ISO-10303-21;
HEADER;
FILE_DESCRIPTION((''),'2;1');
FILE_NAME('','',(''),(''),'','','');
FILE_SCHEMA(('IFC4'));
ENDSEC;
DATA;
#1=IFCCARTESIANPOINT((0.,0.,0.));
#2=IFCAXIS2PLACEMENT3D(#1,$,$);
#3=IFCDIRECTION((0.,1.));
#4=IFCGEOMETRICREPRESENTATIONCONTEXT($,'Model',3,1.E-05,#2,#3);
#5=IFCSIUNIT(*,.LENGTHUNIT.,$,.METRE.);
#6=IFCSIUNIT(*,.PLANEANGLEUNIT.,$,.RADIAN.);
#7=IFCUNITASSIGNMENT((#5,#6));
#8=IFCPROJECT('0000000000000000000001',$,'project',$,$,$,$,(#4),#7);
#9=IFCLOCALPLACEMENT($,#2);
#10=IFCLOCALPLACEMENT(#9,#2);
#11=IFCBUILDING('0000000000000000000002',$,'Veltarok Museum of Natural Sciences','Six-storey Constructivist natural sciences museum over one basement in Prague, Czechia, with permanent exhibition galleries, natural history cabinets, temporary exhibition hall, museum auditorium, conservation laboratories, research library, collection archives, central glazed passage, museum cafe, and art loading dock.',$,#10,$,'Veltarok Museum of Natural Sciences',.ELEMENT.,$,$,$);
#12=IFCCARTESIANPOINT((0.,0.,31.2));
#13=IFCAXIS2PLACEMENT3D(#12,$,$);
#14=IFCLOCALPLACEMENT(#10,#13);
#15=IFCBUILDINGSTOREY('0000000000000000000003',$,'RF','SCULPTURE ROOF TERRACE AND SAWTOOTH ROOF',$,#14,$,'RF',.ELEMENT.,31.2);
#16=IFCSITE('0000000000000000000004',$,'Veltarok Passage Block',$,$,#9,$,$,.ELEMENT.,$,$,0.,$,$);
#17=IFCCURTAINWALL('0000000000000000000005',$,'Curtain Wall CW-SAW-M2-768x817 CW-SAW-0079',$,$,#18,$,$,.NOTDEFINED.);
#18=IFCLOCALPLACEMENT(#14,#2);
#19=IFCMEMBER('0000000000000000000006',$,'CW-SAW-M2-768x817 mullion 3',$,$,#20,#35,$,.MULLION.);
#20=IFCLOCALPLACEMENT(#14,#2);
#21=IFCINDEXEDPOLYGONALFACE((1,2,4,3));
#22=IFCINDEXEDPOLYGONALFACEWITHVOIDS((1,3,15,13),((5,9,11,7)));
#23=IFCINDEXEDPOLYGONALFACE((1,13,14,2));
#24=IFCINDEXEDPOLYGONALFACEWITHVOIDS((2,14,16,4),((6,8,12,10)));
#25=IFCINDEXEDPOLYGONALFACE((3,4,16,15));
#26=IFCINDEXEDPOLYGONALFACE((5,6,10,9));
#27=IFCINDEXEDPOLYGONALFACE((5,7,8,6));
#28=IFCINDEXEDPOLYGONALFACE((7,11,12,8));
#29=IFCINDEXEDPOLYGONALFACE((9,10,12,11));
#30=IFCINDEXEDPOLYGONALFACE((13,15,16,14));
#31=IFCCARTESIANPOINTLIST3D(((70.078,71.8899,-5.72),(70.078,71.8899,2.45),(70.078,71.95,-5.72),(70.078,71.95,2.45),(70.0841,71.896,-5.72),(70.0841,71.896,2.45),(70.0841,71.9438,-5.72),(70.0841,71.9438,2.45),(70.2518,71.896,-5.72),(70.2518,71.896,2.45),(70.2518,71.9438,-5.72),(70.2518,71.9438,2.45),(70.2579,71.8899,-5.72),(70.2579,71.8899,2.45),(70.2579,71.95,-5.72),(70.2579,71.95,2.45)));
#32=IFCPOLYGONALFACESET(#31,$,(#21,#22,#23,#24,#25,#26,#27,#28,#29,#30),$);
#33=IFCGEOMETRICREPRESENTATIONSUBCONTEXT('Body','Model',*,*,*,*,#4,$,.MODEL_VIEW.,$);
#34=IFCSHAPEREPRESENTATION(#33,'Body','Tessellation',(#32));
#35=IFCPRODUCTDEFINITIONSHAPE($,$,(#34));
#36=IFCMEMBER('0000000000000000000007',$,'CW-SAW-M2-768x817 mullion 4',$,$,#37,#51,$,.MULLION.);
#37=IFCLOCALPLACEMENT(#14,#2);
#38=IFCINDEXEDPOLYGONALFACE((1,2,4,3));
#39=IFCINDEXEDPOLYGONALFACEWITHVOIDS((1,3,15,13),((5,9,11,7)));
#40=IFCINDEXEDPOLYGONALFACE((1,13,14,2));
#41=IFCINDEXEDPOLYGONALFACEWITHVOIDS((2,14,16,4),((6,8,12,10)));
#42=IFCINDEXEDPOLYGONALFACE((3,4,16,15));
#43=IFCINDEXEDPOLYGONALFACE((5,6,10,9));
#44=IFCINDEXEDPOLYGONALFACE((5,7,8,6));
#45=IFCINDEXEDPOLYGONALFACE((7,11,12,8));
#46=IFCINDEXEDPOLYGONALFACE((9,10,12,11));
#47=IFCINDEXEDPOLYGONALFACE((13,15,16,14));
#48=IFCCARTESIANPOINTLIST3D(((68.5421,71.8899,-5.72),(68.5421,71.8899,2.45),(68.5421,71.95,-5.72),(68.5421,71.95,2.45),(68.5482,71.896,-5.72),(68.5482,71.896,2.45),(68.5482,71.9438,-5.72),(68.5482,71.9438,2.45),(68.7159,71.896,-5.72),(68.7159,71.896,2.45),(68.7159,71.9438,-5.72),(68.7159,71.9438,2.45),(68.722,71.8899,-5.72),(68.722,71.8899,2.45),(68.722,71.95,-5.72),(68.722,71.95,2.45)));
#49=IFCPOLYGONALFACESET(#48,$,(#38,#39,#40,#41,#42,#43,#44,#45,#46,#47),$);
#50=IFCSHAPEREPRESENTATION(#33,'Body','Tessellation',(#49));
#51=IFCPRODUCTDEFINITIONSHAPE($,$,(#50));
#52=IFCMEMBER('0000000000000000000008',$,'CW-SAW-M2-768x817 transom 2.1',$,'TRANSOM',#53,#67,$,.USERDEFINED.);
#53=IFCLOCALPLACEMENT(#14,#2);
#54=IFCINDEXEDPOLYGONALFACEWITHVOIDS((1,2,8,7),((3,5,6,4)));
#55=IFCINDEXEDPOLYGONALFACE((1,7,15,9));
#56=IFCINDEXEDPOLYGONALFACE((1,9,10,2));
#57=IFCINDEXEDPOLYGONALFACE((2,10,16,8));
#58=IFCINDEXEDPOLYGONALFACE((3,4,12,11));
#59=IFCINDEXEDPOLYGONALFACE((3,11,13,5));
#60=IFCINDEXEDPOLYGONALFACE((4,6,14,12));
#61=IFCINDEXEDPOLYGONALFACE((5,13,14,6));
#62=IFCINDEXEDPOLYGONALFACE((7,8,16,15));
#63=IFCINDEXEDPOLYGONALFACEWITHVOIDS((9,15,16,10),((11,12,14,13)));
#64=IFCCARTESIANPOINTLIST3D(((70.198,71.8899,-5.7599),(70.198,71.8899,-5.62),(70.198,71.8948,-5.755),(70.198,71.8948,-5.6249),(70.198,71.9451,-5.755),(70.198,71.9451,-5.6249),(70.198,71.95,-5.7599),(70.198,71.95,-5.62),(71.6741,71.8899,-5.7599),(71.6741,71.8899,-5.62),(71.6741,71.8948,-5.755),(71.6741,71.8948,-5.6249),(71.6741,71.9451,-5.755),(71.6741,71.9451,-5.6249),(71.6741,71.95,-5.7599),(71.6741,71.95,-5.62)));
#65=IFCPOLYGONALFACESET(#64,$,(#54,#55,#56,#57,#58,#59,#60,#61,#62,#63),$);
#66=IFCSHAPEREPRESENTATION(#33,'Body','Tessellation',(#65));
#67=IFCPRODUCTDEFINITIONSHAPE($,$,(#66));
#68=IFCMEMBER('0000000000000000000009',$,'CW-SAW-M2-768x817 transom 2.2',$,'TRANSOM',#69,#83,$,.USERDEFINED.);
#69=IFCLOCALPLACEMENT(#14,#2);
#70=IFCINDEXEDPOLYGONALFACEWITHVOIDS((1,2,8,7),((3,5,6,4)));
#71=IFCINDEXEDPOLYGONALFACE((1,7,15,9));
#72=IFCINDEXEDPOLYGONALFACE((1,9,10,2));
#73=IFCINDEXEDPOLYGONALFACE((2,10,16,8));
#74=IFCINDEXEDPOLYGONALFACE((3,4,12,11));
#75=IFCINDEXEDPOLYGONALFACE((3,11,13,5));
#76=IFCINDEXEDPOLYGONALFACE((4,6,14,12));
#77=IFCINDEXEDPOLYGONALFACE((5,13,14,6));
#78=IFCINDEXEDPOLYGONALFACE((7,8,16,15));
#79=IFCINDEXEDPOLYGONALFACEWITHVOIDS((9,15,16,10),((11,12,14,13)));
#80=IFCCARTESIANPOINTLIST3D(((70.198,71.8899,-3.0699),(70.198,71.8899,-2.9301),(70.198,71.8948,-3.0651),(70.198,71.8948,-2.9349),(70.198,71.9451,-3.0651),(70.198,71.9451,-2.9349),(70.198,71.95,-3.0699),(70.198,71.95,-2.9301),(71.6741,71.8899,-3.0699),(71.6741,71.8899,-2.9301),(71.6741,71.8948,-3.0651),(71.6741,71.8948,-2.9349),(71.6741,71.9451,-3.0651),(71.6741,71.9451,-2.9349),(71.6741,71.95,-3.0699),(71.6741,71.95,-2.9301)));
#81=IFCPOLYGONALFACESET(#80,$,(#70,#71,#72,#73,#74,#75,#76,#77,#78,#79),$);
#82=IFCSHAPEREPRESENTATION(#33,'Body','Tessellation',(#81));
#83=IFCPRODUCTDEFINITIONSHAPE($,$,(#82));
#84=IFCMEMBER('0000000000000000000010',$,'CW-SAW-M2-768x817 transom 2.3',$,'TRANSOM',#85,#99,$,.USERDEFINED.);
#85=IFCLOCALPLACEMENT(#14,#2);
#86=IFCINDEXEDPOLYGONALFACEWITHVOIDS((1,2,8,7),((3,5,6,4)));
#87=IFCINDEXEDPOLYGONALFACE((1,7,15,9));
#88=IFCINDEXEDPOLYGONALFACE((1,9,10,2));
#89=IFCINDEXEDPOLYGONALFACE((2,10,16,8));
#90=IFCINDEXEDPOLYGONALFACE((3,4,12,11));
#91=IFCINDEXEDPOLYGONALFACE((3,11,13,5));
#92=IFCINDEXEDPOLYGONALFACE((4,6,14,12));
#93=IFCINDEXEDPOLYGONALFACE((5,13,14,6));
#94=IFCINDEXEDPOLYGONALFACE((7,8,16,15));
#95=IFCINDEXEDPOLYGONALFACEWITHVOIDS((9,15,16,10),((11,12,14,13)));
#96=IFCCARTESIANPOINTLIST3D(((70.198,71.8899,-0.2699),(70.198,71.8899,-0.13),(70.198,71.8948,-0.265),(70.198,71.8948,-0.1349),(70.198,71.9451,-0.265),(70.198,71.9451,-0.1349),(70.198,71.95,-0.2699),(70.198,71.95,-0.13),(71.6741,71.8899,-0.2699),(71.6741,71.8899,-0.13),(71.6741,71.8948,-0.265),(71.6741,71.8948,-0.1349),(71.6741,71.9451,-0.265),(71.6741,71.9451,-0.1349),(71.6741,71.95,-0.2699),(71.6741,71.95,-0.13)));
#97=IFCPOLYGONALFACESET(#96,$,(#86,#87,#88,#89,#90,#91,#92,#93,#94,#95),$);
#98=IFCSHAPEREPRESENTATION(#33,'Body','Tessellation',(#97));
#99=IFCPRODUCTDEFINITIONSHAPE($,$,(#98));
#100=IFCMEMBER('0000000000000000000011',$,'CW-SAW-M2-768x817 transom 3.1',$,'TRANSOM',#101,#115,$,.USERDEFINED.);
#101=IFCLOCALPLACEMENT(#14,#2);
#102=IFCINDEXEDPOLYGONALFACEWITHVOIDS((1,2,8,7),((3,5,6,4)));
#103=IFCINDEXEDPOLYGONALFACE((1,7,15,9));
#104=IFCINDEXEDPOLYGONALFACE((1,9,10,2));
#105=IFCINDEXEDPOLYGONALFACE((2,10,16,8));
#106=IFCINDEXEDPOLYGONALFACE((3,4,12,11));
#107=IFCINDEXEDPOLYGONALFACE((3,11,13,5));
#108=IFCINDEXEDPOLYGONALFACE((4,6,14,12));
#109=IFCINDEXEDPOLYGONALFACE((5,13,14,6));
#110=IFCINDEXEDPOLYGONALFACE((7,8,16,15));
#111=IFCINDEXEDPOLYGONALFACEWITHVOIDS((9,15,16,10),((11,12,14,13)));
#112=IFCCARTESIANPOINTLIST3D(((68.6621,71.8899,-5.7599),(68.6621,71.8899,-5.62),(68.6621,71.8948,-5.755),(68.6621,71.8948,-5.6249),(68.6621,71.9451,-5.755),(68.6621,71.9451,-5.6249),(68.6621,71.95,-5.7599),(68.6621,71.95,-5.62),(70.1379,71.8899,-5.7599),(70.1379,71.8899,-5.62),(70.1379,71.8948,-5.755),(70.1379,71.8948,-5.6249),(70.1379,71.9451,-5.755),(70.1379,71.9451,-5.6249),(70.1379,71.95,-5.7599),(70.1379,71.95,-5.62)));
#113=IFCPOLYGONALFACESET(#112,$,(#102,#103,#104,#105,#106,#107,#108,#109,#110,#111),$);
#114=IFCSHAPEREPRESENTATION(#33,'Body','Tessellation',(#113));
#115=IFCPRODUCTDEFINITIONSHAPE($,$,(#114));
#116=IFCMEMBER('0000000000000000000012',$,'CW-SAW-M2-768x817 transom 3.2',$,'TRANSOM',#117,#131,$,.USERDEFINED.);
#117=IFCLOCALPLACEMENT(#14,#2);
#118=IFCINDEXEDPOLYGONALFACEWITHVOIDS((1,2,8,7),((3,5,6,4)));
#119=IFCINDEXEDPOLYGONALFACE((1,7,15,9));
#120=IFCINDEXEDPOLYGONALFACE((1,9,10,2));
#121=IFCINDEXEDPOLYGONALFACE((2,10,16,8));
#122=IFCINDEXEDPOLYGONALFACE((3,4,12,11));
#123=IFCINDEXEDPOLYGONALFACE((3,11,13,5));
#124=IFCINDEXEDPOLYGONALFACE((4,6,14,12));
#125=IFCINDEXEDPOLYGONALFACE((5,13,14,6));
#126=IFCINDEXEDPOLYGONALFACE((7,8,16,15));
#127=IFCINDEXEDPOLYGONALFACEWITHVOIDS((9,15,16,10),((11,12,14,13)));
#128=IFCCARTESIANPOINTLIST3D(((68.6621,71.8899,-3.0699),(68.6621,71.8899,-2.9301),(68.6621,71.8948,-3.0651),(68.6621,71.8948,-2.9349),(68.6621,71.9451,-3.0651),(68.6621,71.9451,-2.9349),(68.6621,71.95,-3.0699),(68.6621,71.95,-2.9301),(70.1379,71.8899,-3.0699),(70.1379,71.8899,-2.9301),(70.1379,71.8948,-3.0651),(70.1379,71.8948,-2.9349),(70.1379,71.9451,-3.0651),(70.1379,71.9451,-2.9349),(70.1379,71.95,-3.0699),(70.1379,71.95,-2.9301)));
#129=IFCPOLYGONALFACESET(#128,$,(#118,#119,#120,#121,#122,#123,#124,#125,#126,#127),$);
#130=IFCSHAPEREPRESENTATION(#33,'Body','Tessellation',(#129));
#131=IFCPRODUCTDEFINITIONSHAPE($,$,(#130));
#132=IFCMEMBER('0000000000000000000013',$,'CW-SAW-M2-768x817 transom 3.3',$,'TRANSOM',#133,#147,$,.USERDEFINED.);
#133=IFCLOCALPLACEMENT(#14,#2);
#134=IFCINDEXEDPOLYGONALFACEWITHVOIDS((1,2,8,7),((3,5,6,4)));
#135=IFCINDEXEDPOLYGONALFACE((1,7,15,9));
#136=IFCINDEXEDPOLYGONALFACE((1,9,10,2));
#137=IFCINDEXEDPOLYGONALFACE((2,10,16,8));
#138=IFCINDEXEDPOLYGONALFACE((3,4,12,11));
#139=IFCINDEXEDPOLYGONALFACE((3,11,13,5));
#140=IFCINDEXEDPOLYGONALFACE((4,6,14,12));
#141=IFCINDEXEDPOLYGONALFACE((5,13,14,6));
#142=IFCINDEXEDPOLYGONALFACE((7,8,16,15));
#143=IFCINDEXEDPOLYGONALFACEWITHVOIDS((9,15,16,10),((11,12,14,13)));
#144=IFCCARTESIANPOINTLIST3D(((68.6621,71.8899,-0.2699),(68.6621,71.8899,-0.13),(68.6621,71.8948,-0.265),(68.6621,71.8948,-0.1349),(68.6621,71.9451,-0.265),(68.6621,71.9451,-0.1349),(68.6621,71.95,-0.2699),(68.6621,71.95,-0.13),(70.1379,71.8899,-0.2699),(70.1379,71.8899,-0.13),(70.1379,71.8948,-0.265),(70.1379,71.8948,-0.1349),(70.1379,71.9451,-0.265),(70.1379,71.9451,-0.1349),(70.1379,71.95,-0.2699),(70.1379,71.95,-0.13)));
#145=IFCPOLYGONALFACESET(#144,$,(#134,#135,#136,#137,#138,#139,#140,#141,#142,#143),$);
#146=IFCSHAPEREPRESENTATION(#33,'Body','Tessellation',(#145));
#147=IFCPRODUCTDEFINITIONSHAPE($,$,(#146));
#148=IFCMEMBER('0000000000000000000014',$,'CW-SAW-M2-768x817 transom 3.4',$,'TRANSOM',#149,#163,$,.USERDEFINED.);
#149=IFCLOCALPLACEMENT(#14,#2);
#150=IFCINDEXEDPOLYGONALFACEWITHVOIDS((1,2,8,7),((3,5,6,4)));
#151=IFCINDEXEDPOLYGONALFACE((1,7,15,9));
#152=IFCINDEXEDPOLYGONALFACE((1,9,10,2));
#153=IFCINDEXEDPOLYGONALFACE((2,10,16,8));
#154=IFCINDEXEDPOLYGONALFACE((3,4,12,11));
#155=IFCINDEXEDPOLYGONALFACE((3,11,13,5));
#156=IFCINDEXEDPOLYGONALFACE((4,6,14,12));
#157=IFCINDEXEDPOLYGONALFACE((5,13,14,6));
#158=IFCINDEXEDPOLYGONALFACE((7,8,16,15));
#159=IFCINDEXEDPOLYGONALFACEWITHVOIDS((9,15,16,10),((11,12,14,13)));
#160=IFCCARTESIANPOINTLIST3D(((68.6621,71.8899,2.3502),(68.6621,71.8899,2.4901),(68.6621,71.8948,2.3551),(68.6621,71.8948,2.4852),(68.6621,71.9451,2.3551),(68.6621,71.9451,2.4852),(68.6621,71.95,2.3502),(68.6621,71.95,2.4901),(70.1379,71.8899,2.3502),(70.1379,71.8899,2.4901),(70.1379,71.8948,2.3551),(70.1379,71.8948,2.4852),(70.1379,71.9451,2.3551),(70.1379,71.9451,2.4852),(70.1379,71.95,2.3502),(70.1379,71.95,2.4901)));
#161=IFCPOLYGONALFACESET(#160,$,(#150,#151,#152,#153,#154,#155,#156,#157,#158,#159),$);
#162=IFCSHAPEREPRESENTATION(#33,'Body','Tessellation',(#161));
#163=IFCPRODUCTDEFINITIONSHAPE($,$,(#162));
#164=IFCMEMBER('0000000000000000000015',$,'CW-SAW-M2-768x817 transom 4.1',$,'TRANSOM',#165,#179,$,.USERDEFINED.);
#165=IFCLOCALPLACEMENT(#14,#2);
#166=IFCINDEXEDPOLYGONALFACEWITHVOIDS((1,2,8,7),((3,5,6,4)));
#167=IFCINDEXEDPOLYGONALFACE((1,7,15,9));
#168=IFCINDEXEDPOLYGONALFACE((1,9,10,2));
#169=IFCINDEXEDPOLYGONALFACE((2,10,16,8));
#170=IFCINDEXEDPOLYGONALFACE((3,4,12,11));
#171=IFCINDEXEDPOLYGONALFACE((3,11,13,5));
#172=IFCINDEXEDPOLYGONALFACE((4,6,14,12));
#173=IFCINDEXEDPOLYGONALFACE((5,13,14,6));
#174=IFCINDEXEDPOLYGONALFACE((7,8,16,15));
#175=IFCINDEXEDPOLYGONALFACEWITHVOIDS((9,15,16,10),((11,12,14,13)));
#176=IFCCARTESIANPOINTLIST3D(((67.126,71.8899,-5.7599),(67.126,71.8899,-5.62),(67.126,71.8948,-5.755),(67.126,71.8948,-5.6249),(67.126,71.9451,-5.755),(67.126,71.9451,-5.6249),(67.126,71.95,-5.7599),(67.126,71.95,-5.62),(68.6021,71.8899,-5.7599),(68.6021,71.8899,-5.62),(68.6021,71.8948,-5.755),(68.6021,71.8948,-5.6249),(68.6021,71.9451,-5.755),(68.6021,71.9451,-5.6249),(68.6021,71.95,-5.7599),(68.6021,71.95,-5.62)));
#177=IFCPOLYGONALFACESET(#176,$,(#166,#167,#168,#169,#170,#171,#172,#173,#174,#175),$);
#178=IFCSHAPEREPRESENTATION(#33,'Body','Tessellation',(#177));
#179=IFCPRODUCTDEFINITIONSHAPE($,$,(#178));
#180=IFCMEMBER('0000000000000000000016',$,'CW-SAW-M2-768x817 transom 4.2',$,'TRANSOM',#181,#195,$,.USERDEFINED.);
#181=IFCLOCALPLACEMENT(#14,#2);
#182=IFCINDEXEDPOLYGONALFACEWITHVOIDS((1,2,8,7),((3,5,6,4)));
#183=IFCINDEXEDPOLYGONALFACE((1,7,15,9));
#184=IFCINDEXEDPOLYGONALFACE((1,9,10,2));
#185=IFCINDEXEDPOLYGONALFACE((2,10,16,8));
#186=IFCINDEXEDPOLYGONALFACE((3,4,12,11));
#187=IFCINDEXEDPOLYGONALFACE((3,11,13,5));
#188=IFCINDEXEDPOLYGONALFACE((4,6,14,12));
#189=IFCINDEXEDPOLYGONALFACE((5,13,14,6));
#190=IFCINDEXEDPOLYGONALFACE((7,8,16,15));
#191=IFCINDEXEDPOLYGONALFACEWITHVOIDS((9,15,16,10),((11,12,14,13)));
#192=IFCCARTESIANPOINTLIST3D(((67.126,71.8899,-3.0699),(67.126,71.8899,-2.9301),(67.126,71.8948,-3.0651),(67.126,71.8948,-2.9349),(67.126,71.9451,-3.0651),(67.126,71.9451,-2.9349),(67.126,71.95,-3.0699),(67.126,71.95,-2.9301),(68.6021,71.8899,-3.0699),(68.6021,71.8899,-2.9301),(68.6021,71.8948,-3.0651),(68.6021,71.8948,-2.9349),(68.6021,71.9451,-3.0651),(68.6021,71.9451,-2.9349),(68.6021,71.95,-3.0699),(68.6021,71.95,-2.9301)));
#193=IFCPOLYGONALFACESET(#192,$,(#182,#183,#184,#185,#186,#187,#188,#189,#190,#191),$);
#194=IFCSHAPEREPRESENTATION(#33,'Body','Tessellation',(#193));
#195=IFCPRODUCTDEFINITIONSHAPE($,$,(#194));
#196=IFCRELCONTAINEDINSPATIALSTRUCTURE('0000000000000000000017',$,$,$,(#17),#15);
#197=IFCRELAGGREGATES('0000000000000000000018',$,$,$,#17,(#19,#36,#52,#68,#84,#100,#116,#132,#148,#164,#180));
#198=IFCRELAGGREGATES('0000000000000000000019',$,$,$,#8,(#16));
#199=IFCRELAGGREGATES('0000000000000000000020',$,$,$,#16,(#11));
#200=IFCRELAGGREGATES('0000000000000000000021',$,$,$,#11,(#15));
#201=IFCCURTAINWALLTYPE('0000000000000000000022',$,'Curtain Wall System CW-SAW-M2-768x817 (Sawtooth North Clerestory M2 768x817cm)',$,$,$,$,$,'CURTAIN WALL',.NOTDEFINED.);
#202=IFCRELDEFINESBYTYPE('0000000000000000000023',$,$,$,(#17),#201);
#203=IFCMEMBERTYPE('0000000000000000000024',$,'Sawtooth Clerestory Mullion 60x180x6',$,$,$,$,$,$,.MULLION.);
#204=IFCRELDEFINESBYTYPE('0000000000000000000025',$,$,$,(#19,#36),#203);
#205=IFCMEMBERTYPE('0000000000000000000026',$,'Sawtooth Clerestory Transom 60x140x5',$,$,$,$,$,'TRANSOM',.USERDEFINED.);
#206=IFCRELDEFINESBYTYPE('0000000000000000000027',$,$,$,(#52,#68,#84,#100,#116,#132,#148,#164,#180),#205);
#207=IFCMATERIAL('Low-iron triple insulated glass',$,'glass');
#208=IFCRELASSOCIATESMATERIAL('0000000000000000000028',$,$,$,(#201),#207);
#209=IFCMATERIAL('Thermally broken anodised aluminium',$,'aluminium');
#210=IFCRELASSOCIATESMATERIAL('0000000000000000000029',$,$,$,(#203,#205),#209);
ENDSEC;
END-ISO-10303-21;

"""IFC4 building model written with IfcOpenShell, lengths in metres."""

from ifc_helpers import new_model, si_unit, direction, frame, origin, origin_2d, place, context, subcontext, project, spatial, hollow_rectangle, extrude, material, material_profile, profile_set, type_object, element, aggregate, save


model = new_model("IFC4")

# Units and contexts
model_context = context("Model", 3, precision=1e-05, world=origin(), true_north=direction((0.0, 1.0)))
body_context = subcontext(model_context, "Body", "Model", "MODEL_VIEW")
ifc_project = project(units=[si_unit("LENGTHUNIT", "METRE"), si_unit("PLANEANGLEUNIT", "RADIAN")], contexts=[model_context])

# Site, building, storey
site_placement = place(None, origin())
site = spatial("IfcSite", under=ifc_project, at=site_placement, Name="Veltarok Passage Block", CompositionType="ELEMENT", RefElevation=0.0)
building_placement = place(site_placement, origin())
building = spatial("IfcBuilding", under=site, at=building_placement, Name="Veltarok Museum of Natural Sciences", Description="Six-storey Constructivist natural sciences museum over one basement in Prague, Czechia, with permanent exhibition galleries, natural history cabinets, temporary exhibition hall, museum auditorium, conservation laboratories, research library, collection archives, central glazed passage, museum cafe, and art loading dock.", LongName="Veltarok Museum of Natural Sciences", CompositionType="ELEMENT")
storey_placement = place(building_placement, frame((0.0, 0.0, 31.2)))
storey = spatial("IfcBuildingStorey", under=building, at=storey_placement, Name="RF", Description="SCULPTURE ROOF TERRACE AND SAWTOOTH ROOF", LongName="RF", CompositionType="ELEMENT", Elevation=31.2)

# Curtain wall, members
ifc_material_1 = material(Name="Low-iron triple insulated glass", Category="glass")
curtain_wall_type = type_object("IfcCurtainWallType", Name="Curtain Wall System CW-SAW-M2-768x817 (Sawtooth North Clerestory M2 768x817cm)", ElementType="CURTAIN WALL", PredefinedType="NOTDEFINED", material=ifc_material_1)
curtain_wall_placement = place(storey_placement, origin())
curtain_wall = element("IfcCurtainWall", 1, at=curtain_wall_placement, inside=storey, type_object=curtain_wall_type, Name="Curtain Wall CW-SAW-M2-768x817 CW-SAW-0079", PredefinedType="NOTDEFINED")
ifc_material_2 = material(Name="Thermally broken anodised aluminium", Category="aluminium")
ifc_material_profile_1 = material_profile(ifc_material_2, hollow_rectangle(XDim=0.0601, YDim=0.1799, WallThickness=0.0061, at=origin_2d()), Name="CW MULLION 60x180x6")
ifc_profile_set_1 = profile_set([ifc_material_profile_1], Name="Thermally broken anodised aluminium")
member_type_1 = type_object("IfcMemberType", Name="Sawtooth Clerestory Mullion 60x180x6", PredefinedType="MULLION", material=ifc_profile_set_1)
member_1_placement = place(storey_placement, frame((70.168, 71.9199, -5.72), z_axis=(0.0, 0.0, 1.0), x_axis=(0.0, -1.0, 0.0)))
member_1 = element("IfcMember", 2, at=member_1_placement, type_object=member_type_1, Name="CW-SAW-M2-768x817 mullion 3", PredefinedType="MULLION", context=body_context, shape_type="SweptSolid", body=[
    extrude(hollow_rectangle(XDim=0.0601, YDim=0.1799, WallThickness=0.0061, at=origin_2d()), origin(), (0.0, 0.0, 1.0), 8.1699),
])
member_2_placement = place(storey_placement, frame((68.6321, 71.9199, -5.72), z_axis=(0.0, 0.0, 1.0), x_axis=(0.0, -1.0, 0.0)))
member_2 = element("IfcMember", 3, at=member_2_placement, type_object=member_type_1, Name="CW-SAW-M2-768x817 mullion 4", PredefinedType="MULLION", context=body_context, shape_type="SweptSolid", body=[
    extrude(hollow_rectangle(XDim=0.0601, YDim=0.1799, WallThickness=0.0061, at=origin_2d()), origin(), (0.0, 0.0, 1.0), 8.1699),
])
ifc_material_profile_2 = material_profile(ifc_material_2, hollow_rectangle(XDim=0.0601, YDim=0.1399, WallThickness=0.0049, at=origin_2d()), Name="CW TRANSOM 60x140x5")
ifc_profile_set_2 = profile_set([ifc_material_profile_2], Name="Thermally broken anodised aluminium")
member_type_2 = type_object("IfcMemberType", Name="Sawtooth Clerestory Transom 60x140x5", ElementType="TRANSOM", PredefinedType="USERDEFINED", material=ifc_profile_set_2)
member_3_placement = place(storey_placement, frame((71.6741, 71.9199, -5.6899), z_axis=(-1.0, 0.0, 0.0), x_axis=(0.0, -1.0, 0.0)))
member_3 = element("IfcMember", 4, at=member_3_placement, type_object=member_type_2, Name="CW-SAW-M2-768x817 transom 2.1", ObjectType="TRANSOM", PredefinedType="USERDEFINED", context=body_context, shape_type="SweptSolid", body=[
    extrude(hollow_rectangle(XDim=0.0601, YDim=0.1399, WallThickness=0.0049, at=origin_2d()), origin(), (0.0, 0.0, 1.0), 1.4761),
])
member_4_placement = place(storey_placement, frame((71.6741, 71.9199, -3.0), z_axis=(-1.0, 0.0, 0.0), x_axis=(0.0, -1.0, 0.0)))
member_4 = element("IfcMember", 5, at=member_4_placement, type_object=member_type_2, Name="CW-SAW-M2-768x817 transom 2.2", ObjectType="TRANSOM", PredefinedType="USERDEFINED", context=body_context, shape_type="SweptSolid", body=[
    extrude(hollow_rectangle(XDim=0.0601, YDim=0.1399, WallThickness=0.0049, at=origin_2d()), origin(), (0.0, 0.0, 1.0), 1.4761),
])
member_5_placement = place(storey_placement, frame((71.6741, 71.9199, -0.2), z_axis=(-1.0, 0.0, 0.0), x_axis=(0.0, -1.0, 0.0)))
member_5 = element("IfcMember", 6, at=member_5_placement, type_object=member_type_2, Name="CW-SAW-M2-768x817 transom 2.3", ObjectType="TRANSOM", PredefinedType="USERDEFINED", context=body_context, shape_type="SweptSolid", body=[
    extrude(hollow_rectangle(XDim=0.0601, YDim=0.1399, WallThickness=0.0049, at=origin_2d()), origin(), (0.0, 0.0, 1.0), 1.4761),
])
member_6_placement = place(storey_placement, frame((70.1379, 71.9199, -5.6899), z_axis=(-1.0, 0.0, 0.0), x_axis=(0.0, -1.0, 0.0)))
member_6 = element("IfcMember", 7, at=member_6_placement, type_object=member_type_2, Name="CW-SAW-M2-768x817 transom 3.1", ObjectType="TRANSOM", PredefinedType="USERDEFINED", context=body_context, shape_type="SweptSolid", body=[
    extrude(hollow_rectangle(XDim=0.0601, YDim=0.1399, WallThickness=0.0049, at=origin_2d()), origin(), (0.0, 0.0, 1.0), 1.4758),
])
member_7_placement = place(storey_placement, frame((70.1379, 71.9199, -3.0), z_axis=(-1.0, 0.0, 0.0), x_axis=(0.0, -1.0, 0.0)))
member_7 = element("IfcMember", 8, at=member_7_placement, type_object=member_type_2, Name="CW-SAW-M2-768x817 transom 3.2", ObjectType="TRANSOM", PredefinedType="USERDEFINED", context=body_context, shape_type="SweptSolid", body=[
    extrude(hollow_rectangle(XDim=0.0601, YDim=0.1399, WallThickness=0.0049, at=origin_2d()), origin(), (0.0, 0.0, 1.0), 1.4758),
])
member_8_placement = place(storey_placement, frame((70.1379, 71.9199, -0.2), z_axis=(-1.0, 0.0, 0.0), x_axis=(0.0, -1.0, 0.0)))
member_8 = element("IfcMember", 9, at=member_8_placement, type_object=member_type_2, Name="CW-SAW-M2-768x817 transom 3.3", ObjectType="TRANSOM", PredefinedType="USERDEFINED", context=body_context, shape_type="SweptSolid", body=[
    extrude(hollow_rectangle(XDim=0.0601, YDim=0.1399, WallThickness=0.0049, at=origin_2d()), origin(), (0.0, 0.0, 1.0), 1.4758),
])
member_9_placement = place(storey_placement, frame((70.1379, 71.9199, 2.4202), z_axis=(-1.0, 0.0, 0.0), x_axis=(0.0, -1.0, 0.0)))
member_9 = element("IfcMember", 10, at=member_9_placement, type_object=member_type_2, Name="CW-SAW-M2-768x817 transom 3.4", ObjectType="TRANSOM", PredefinedType="USERDEFINED", context=body_context, shape_type="SweptSolid", body=[
    extrude(hollow_rectangle(XDim=0.0601, YDim=0.1399, WallThickness=0.0049, at=origin_2d()), origin(), (0.0, 0.0, 1.0), 1.4758),
])
member_10_placement = place(storey_placement, frame((68.6021, 71.9199, -5.6899), z_axis=(-1.0, 0.0, 0.0), x_axis=(0.0, -1.0, 0.0)))
member_10 = element("IfcMember", 11, at=member_10_placement, type_object=member_type_2, Name="CW-SAW-M2-768x817 transom 4.1", ObjectType="TRANSOM", PredefinedType="USERDEFINED", context=body_context, shape_type="SweptSolid", body=[
    extrude(hollow_rectangle(XDim=0.0601, YDim=0.1399, WallThickness=0.0049, at=origin_2d()), origin(), (0.0, 0.0, 1.0), 1.4761),
])
member_11_placement = place(storey_placement, frame((68.6021, 71.9199, -3.0), z_axis=(-1.0, 0.0, 0.0), x_axis=(0.0, -1.0, 0.0)))
member_11 = element("IfcMember", 12, at=member_11_placement, type_object=member_type_2, Name="CW-SAW-M2-768x817 transom 4.2", ObjectType="TRANSOM", PredefinedType="USERDEFINED", context=body_context, shape_type="SweptSolid", body=[
    extrude(hollow_rectangle(XDim=0.0601, YDim=0.1399, WallThickness=0.0049, at=origin_2d()), origin(), (0.0, 0.0, 1.0), 1.4761),
])

aggregate(curtain_wall, [member_1, member_2, member_3, member_4, member_5, member_6, member_7, member_8, member_9, member_10, member_11])

save(model, "model.ifc")
